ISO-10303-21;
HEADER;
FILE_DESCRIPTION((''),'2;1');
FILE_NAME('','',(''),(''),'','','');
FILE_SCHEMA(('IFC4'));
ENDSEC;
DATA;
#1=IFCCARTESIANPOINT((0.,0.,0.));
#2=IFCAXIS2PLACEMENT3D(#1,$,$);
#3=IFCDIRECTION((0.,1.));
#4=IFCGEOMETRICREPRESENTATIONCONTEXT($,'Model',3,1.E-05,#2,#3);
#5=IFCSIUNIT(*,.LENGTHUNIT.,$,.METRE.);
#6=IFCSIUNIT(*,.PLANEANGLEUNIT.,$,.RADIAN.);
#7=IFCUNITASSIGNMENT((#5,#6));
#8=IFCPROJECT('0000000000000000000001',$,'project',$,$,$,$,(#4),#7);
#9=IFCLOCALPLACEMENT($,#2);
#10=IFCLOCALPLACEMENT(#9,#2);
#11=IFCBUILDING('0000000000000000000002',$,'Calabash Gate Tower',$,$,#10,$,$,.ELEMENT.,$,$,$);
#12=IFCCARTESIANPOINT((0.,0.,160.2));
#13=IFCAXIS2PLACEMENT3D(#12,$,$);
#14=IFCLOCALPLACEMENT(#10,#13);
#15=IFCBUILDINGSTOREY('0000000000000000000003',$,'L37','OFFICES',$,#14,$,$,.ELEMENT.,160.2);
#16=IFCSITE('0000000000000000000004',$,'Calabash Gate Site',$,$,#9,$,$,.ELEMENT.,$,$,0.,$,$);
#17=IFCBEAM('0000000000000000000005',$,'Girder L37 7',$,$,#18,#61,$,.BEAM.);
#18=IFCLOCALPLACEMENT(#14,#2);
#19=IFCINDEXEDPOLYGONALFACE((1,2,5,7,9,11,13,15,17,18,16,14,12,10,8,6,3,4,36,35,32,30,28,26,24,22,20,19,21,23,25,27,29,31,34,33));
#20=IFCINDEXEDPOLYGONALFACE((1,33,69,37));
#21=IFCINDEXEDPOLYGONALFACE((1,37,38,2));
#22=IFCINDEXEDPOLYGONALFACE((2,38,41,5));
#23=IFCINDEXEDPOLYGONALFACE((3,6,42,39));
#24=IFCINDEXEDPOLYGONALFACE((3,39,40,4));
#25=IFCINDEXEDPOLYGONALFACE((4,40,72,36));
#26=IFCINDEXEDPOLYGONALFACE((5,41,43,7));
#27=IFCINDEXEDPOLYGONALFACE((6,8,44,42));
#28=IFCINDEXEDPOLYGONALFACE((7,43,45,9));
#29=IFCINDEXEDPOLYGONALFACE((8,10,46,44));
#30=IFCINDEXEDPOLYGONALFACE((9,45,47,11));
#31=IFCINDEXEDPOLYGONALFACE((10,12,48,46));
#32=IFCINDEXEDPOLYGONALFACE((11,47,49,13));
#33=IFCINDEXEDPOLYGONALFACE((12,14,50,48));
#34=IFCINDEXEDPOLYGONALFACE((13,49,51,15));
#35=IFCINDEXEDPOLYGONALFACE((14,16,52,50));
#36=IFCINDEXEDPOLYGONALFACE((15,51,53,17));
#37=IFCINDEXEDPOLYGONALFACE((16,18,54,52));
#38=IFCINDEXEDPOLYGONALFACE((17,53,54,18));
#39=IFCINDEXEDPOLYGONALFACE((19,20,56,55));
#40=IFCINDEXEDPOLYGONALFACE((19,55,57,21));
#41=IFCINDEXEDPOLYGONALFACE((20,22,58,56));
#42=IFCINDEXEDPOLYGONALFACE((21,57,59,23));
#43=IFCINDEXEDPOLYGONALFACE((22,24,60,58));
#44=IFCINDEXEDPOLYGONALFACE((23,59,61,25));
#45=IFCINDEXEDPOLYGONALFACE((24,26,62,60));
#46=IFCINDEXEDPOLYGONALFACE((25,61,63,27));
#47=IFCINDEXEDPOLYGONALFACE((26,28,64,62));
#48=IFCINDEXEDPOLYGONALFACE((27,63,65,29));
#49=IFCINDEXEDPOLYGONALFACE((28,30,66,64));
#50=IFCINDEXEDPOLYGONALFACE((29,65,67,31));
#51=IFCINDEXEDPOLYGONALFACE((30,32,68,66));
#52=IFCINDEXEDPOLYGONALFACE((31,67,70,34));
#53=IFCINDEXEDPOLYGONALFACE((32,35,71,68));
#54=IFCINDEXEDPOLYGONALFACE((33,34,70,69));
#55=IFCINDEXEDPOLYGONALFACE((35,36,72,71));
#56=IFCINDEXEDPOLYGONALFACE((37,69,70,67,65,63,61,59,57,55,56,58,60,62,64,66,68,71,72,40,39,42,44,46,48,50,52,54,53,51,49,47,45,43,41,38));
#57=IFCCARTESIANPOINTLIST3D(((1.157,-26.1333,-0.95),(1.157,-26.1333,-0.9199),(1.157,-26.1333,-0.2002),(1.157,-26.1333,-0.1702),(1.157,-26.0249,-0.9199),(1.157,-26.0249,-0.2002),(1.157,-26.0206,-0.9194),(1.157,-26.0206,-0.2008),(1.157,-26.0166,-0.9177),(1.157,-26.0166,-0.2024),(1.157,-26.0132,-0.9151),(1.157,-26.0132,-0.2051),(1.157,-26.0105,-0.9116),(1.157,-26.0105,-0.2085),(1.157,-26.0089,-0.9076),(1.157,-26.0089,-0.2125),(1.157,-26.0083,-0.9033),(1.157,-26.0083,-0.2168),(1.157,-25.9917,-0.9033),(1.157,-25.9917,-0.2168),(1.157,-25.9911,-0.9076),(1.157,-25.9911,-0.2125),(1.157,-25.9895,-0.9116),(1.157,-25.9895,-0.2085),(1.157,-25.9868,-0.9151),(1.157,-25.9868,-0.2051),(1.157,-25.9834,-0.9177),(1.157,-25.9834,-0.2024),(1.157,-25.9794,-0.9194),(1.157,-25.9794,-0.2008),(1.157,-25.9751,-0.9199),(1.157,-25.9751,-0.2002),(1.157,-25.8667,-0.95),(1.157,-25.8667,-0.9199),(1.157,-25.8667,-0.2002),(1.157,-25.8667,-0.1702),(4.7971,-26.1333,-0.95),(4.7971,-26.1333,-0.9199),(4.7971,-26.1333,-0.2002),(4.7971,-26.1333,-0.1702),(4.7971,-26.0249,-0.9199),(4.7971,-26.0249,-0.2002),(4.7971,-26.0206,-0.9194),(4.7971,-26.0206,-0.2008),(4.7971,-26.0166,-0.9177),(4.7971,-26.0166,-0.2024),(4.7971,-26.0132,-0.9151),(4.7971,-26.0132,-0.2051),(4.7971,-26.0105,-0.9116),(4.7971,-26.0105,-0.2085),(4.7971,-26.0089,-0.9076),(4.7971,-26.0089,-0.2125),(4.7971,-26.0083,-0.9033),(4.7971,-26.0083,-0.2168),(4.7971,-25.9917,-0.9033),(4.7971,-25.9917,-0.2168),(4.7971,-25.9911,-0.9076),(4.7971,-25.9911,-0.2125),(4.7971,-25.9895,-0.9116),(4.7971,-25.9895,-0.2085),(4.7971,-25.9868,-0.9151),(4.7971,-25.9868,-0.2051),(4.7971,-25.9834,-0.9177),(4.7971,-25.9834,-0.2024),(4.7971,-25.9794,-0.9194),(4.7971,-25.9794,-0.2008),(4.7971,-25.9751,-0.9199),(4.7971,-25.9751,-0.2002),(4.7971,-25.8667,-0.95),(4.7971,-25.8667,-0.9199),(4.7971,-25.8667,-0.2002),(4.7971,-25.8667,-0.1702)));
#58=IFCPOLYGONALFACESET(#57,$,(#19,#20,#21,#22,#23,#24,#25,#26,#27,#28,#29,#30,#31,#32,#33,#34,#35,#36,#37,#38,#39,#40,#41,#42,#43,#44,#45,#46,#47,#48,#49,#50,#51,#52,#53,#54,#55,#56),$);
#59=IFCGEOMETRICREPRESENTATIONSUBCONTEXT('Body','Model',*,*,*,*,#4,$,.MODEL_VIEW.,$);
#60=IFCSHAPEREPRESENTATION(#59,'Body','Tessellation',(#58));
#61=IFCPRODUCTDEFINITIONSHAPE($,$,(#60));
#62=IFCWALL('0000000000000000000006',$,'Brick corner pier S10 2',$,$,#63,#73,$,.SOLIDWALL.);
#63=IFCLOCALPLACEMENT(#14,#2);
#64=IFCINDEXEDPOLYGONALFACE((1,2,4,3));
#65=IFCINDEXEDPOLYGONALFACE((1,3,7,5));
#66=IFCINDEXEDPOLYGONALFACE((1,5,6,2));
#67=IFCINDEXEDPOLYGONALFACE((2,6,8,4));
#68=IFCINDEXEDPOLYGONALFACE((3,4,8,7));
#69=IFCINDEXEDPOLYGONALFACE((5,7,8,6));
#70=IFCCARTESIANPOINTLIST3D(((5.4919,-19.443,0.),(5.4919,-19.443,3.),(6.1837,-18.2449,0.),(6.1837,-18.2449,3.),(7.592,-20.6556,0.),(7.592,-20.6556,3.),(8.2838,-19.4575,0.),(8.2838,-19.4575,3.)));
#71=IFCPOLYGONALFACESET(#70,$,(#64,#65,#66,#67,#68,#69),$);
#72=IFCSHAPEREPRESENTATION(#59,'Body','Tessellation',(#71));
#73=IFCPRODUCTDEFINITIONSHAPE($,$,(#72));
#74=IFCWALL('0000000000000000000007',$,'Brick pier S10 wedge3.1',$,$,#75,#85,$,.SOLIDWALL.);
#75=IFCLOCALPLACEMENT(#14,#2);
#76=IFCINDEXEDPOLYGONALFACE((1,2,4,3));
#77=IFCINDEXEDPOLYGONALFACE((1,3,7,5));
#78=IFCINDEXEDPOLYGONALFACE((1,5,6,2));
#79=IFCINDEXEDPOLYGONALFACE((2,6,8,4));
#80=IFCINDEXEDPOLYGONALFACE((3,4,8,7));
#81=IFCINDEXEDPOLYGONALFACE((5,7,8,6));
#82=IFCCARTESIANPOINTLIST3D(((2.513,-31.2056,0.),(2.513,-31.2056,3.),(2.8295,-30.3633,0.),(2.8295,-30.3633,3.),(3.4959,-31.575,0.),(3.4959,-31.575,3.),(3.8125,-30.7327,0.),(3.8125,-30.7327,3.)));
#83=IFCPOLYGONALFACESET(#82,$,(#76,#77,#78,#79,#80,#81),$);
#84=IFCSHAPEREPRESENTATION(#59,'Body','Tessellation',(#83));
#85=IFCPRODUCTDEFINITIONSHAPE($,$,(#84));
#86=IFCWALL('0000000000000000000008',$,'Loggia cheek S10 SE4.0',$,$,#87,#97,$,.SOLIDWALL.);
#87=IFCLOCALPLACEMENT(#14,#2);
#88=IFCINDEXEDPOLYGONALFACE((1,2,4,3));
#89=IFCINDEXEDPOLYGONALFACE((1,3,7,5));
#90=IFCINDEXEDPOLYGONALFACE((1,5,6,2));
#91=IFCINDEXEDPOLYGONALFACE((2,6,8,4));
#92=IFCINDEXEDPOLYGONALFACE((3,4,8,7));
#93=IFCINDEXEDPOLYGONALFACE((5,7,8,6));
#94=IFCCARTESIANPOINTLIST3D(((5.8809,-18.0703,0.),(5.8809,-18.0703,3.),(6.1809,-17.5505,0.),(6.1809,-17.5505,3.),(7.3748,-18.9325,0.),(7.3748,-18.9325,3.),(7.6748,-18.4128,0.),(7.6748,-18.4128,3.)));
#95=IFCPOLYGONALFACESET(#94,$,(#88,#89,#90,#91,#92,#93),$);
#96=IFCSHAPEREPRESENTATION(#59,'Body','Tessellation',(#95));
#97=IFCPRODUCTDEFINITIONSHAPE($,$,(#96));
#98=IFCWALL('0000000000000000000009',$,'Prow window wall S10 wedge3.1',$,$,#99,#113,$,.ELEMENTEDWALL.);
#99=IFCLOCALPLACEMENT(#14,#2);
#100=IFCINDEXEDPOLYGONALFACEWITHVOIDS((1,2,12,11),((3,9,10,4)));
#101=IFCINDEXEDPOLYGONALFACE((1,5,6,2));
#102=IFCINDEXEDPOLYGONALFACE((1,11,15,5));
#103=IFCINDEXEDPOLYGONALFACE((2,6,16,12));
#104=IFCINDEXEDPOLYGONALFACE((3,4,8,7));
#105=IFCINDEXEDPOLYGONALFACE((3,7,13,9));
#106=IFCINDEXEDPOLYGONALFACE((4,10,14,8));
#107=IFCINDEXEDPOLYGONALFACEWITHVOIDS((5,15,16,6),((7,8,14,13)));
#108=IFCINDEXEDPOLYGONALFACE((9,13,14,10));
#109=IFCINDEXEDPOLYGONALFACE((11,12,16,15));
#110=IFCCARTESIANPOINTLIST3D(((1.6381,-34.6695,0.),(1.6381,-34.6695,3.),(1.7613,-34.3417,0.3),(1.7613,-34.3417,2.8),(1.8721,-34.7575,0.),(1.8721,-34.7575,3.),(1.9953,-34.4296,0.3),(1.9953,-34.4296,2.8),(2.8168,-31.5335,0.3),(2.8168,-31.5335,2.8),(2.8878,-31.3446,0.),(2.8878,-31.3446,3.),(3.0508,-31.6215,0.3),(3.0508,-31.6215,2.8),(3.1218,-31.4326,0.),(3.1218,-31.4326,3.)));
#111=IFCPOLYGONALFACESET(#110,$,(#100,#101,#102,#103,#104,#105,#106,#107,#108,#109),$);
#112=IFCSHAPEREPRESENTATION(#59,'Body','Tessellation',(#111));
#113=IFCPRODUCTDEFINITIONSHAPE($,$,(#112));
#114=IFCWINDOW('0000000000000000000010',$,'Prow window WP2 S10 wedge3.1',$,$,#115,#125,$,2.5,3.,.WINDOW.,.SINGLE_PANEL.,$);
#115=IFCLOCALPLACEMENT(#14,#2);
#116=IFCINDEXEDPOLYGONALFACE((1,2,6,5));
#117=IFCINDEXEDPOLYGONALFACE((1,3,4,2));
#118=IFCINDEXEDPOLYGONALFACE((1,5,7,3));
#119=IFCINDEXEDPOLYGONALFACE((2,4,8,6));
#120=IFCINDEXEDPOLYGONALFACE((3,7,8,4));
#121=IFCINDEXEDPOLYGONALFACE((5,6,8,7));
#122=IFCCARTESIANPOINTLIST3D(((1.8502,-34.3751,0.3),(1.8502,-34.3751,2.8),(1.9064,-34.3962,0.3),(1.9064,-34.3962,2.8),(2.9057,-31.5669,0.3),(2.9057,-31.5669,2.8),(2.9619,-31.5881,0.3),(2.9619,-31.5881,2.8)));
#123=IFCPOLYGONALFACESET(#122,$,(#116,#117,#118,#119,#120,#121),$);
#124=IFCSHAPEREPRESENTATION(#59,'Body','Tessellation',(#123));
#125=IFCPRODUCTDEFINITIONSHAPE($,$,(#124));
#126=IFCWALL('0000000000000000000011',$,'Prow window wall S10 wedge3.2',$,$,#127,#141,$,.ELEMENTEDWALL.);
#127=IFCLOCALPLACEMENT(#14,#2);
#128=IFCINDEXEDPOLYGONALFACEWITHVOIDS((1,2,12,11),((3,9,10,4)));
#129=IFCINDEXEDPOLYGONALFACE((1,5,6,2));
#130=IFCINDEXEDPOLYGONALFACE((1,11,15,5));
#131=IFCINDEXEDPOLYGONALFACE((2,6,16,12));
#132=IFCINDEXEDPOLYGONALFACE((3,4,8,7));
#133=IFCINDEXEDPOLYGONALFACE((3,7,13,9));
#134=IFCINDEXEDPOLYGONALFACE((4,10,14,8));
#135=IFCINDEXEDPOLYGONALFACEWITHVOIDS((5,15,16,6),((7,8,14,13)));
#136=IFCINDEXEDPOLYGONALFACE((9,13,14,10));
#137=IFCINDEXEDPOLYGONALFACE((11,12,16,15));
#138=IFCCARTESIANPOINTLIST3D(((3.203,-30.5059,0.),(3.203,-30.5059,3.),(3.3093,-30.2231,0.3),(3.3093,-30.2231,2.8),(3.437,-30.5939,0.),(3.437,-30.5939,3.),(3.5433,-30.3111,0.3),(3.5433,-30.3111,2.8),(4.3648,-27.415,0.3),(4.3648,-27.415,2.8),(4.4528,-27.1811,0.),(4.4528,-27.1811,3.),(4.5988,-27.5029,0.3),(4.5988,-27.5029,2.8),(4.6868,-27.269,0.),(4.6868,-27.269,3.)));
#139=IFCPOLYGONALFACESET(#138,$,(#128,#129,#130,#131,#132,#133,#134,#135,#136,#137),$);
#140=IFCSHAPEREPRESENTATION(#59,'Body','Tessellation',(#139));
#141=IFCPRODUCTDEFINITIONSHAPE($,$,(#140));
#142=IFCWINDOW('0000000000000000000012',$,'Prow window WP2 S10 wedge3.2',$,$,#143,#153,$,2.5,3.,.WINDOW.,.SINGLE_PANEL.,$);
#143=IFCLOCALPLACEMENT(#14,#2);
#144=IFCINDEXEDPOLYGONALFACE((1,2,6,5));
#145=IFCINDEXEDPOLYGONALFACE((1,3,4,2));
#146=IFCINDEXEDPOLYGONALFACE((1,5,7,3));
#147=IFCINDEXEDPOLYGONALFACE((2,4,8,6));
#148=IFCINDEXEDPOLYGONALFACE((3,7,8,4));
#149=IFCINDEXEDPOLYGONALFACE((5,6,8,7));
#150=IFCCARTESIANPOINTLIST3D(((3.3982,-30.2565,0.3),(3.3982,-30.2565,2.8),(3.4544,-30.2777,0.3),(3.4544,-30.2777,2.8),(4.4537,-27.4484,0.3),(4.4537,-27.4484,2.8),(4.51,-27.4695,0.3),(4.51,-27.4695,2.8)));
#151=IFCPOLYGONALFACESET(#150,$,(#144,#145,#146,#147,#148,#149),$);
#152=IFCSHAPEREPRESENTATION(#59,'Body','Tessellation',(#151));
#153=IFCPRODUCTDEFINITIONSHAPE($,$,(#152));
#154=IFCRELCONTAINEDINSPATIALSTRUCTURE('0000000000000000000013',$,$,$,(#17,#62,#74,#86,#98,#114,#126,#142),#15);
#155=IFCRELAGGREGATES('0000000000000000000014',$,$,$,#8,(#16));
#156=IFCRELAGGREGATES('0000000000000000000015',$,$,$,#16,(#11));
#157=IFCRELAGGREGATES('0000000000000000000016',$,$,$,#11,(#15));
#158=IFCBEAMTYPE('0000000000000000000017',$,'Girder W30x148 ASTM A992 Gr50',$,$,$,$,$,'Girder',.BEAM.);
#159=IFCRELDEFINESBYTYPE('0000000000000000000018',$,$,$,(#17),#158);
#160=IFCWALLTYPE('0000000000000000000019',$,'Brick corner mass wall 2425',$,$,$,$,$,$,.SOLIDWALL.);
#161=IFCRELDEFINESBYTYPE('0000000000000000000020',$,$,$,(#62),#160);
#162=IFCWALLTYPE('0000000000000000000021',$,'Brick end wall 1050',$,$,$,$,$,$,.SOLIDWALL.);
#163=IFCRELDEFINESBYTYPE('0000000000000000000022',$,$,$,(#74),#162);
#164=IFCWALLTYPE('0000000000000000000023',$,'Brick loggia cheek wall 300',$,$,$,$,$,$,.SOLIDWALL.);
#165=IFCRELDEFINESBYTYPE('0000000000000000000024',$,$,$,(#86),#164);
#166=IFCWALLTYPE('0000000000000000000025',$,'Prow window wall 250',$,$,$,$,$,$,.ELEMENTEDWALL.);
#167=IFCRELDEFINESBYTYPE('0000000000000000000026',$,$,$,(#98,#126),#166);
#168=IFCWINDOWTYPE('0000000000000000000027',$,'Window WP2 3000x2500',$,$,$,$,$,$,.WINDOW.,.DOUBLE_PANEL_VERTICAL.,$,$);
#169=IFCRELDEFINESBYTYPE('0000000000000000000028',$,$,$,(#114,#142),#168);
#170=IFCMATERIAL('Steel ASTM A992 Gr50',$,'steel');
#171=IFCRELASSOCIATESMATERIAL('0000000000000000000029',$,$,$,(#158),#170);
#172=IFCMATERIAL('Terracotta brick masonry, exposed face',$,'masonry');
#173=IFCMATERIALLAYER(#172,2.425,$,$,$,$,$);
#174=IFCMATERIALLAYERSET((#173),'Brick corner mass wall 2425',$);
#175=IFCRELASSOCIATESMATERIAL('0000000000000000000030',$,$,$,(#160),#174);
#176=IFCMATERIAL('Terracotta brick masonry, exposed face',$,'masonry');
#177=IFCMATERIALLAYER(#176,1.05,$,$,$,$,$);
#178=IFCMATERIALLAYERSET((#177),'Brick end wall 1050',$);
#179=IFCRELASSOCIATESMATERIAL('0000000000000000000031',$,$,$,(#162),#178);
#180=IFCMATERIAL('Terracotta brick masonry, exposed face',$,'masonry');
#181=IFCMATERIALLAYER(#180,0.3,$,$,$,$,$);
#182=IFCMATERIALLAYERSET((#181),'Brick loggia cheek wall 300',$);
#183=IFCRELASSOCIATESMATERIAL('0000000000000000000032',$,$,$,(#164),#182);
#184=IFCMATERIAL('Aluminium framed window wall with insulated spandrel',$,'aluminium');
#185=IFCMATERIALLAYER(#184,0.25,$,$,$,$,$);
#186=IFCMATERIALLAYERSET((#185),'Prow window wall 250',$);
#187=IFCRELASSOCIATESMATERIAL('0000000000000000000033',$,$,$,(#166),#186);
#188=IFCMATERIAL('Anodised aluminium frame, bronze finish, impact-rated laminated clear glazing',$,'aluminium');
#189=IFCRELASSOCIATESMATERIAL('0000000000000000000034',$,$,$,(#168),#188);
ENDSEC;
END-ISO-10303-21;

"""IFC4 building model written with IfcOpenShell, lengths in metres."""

from ifc_helpers import new_model, si_unit, direction, frame, frame_2d, origin, origin_2d, place, context, subcontext, project, spatial, rectangle, i_section, extrude, material, layer, layer_set, material_profile, profile_set, type_object, element, fill, save


model = new_model("IFC4")

# Units and contexts
model_context = context("Model", 3, precision=1e-05, world=origin(), true_north=direction((0.0, 1.0)))
body_context = subcontext(model_context, "Body", "Model", "MODEL_VIEW")
ifc_project = project(units=[si_unit("LENGTHUNIT", "METRE"), si_unit("PLANEANGLEUNIT", "RADIAN")], contexts=[model_context])

# Site, building, storey
site_placement = place(None, origin())
site = spatial("IfcSite", under=ifc_project, at=site_placement, Name="Calabash Gate Site", CompositionType="ELEMENT", RefElevation=0.0)
building_placement = place(site_placement, origin())
building = spatial("IfcBuilding", under=site, at=building_placement, Name="Calabash Gate Tower", CompositionType="ELEMENT")
storey_placement = place(building_placement, frame((0.0, 0.0, 160.2)))
storey = spatial("IfcBuildingStorey", under=building, at=storey_placement, Name="L37", Description="OFFICES", CompositionType="ELEMENT", Elevation=160.2)

# Beam
ifc_material_1 = material(Name="Steel ASTM A992 Gr50", Category="steel")
ifc_material_profile_1 = material_profile(ifc_material_1, i_section(OverallWidth=0.2666, OverallDepth=0.7798, WebThickness=0.0166, FlangeThickness=0.03, FilletRadius=0.0166, at=origin_2d()))
ifc_profile_set_1 = profile_set([ifc_material_profile_1], Name="Steel ASTM A992 Gr50")
beam_type_1 = type_object("IfcBeamType", Name="Girder W30x148 ASTM A992 Gr50", ElementType="Girder", PredefinedType="BEAM", material=ifc_profile_set_1)
beam_1_placement = place(storey_placement, frame((1.157, -26.0, -0.5601), z_axis=(1.0, 0.0, 0.0), x_axis=(0.0, 1.0, 0.0)))
element("IfcBeam", 1, at=beam_1_placement, inside=storey, type_object=beam_type_1, Name="Girder L37 7", PredefinedType="BEAM", context=body_context, shape_type="SweptSolid", body=[
    extrude(i_section(OverallWidth=0.2666, OverallDepth=0.7798, WebThickness=0.0166, FlangeThickness=0.03, FilletRadius=0.0166, at=origin_2d()), origin(), (0.0, 0.0, 1.0), 3.6401),
])

# Walls
ifc_material_2 = material(Name="Terracotta brick masonry, exposed face", Category="masonry")
ifc_layer_1 = layer(ifc_material_2, 2.425)
ifc_layer_set_1 = layer_set([ifc_layer_1], Name="Brick corner mass wall 2425")
wall_type_1 = type_object("IfcWallType", Name="Brick corner mass wall 2425", PredefinedType="SOLIDWALL", material=ifc_layer_set_1)
wall_1_placement = place(storey_placement, frame((5.8379, -18.844, 0.0), z_axis=(0.0, 0.0, 1.0), x_axis=(0.865998, -0.500048, 0.0)))
element("IfcWall", 2, at=wall_1_placement, inside=storey, type_object=wall_type_1, Name="Brick corner pier S10 2", PredefinedType="SOLIDWALL", context=body_context, shape_type="SweptSolid", body=[
    extrude(rectangle(XDim=2.425, YDim=1.3835, at=frame_2d((1.2124, 0.0))), origin(), (0.0, 0.0, 1.0), 3.0),
])
ifc_material_3 = material(Name="Terracotta brick masonry, exposed face", Category="masonry")
ifc_layer_2 = layer(ifc_material_3, 1.05)
ifc_layer_set_2 = layer_set([ifc_layer_2], Name="Brick end wall 1050")
wall_type_2 = type_object("IfcWallType", Name="Brick end wall 1050", PredefinedType="SOLIDWALL", material=ifc_layer_set_2)
wall_2_placement = place(storey_placement, frame((3.6541, -31.1538, 0.0), z_axis=(0.0, 0.0, 1.0), x_axis=(-0.936081, 0.351786, 0.0)))
element("IfcWall", 3, at=wall_2_placement, inside=storey, type_object=wall_type_2, Name="Brick pier S10 wedge3.1", PredefinedType="SOLIDWALL", context=body_context, shape_type="SweptSolid", body=[
    extrude(rectangle(XDim=1.05, YDim=0.8999, at=frame_2d((0.5249, 0.0))), origin(), (0.0, 0.0, 1.0), 3.0),
])
ifc_material_4 = material(Name="Terracotta brick masonry, exposed face", Category="masonry")
ifc_layer_3 = layer(ifc_material_4, 0.3)
ifc_layer_set_3 = layer_set([ifc_layer_3], Name="Brick loggia cheek wall 300")
wall_type_3 = type_object("IfcWallType", Name="Brick loggia cheek wall 300", PredefinedType="SOLIDWALL", material=ifc_layer_set_3)
wall_3_placement = place(storey_placement, frame((7.5247, -18.6726, 0.0), z_axis=(0.0, 0.0, 1.0), x_axis=(-0.866075, 0.499914, 0.0)))
element("IfcWall", 4, at=wall_3_placement, inside=storey, type_object=wall_type_3, Name="Loggia cheek S10 SE4.0", PredefinedType="SOLIDWALL", context=body_context, shape_type="SweptSolid", body=[
    extrude(rectangle(XDim=1.7249, YDim=0.6001, at=frame_2d((0.8623, 0.0))), origin(), (0.0, 0.0, 1.0), 3.0),
])

# Walls, openings, windows
ifc_material_5 = material(Name="Aluminium framed window wall with insulated spandrel", Category="aluminium")
ifc_layer_4 = layer(ifc_material_5, 0.25)
ifc_layer_set_4 = layer_set([ifc_layer_4], Name="Prow window wall 250")
wall_type_4 = type_object("IfcWallType", Name="Prow window wall 250", PredefinedType="ELEMENTEDWALL", material=ifc_layer_set_4)
wall_4_placement = place(storey_placement, frame((1.7551, -34.7134, 0.0), z_axis=(0.0, 0.0, 1.0), x_axis=(0.351839, 0.936061, 0.0)))
wall_4 = element("IfcWall", 5, at=wall_4_placement, inside=storey, type_object=wall_type_4, Name="Prow window wall S10 wedge3.1", PredefinedType="ELEMENTEDWALL", context=body_context, shape_type="SweptSolid", body=[
    extrude(rectangle(XDim=3.552, YDim=0.25, at=frame_2d((1.7759, 0.0))), origin(), (0.0, 0.0, 1.0), 3.0),
])
opening_1_placement = place(wall_4_placement, frame((0.3501, 0.0, 0.3)))
opening_1 = element("IfcOpeningElement", 6, at=opening_1_placement, cuts=wall_4, PredefinedType="OPENING", context=body_context, shape_type="SweptSolid", body=[
    extrude(rectangle(XDim=3.0, YDim=2.5, at=frame_2d((1.5, 1.25))), frame((0.0, 0.135, 0.0), z_axis=(0.0, -1.0, 0.0), x_axis=(1.0, 0.0, 0.0)), (0.0, 0.0, 1.0), 0.27),
])
ifc_material_6 = material(Name="Anodised aluminium frame, bronze finish, impact-rated laminated clear glazing", Category="aluminium")
window_type_1 = type_object("IfcWindowType", Name="Window WP2 3000x2500", PartitioningType="DOUBLE_PANEL_VERTICAL", PredefinedType="WINDOW", material=ifc_material_6)
window_1_placement = place(opening_1_placement, origin())
window_1 = element("IfcWindow", 7, at=window_1_placement, inside=storey, type_object=window_type_1, Name="Prow window WP2 S10 wedge3.1", OverallHeight=2.5, OverallWidth=3.0, PartitioningType="SINGLE_PANEL", PredefinedType="WINDOW", context=body_context, shape_type="SweptSolid", body=[
    extrude(rectangle(XDim=3.0, YDim=2.5, at=frame_2d((1.5, 1.25))), frame((0.0, 0.03, 0.0), z_axis=(0.0, -1.0, 0.0), x_axis=(1.0, 0.0, 0.0)), (0.0, 0.0, 1.0), 0.0601),
])
fill(opening_1, window_1)
wall_5_placement = place(storey_placement, frame((3.3201, -30.5498, 0.0), z_axis=(0.0, 0.0, 1.0), x_axis=(0.351839, 0.936061, 0.0)))
wall_5 = element("IfcWall", 8, at=wall_5_placement, inside=storey, type_object=wall_type_4, Name="Prow window wall S10 wedge3.2", PredefinedType="ELEMENTEDWALL", context=body_context, shape_type="SweptSolid", body=[
    extrude(rectangle(XDim=3.552, YDim=0.25, at=frame_2d((1.7759, 0.0))), origin(), (0.0, 0.0, 1.0), 3.0),
])
opening_2_placement = place(wall_5_placement, frame((0.302, 0.0, 0.3)))
opening_2 = element("IfcOpeningElement", 9, at=opening_2_placement, cuts=wall_5, PredefinedType="OPENING", context=body_context, shape_type="SweptSolid", body=[
    extrude(rectangle(XDim=3.0, YDim=2.5, at=frame_2d((1.5, 1.25))), frame((0.0, 0.135, 0.0), z_axis=(0.0, -1.0, 0.0), x_axis=(1.0, 0.0, 0.0)), (0.0, 0.0, 1.0), 0.27),
])
window_2_placement = place(opening_2_placement, origin())
window_2 = element("IfcWindow", 10, at=window_2_placement, inside=storey, type_object=window_type_1, Name="Prow window WP2 S10 wedge3.2", OverallHeight=2.5, OverallWidth=3.0, PartitioningType="SINGLE_PANEL", PredefinedType="WINDOW", context=body_context, shape_type="SweptSolid", body=[
    extrude(rectangle(XDim=3.0, YDim=2.5, at=frame_2d((1.5, 1.25))), frame((0.0, 0.03, 0.0), z_axis=(0.0, -1.0, 0.0), x_axis=(1.0, 0.0, 0.0)), (0.0, 0.0, 1.0), 0.0601),
])
fill(opening_2, window_2)

save(model, "model.ifc")
